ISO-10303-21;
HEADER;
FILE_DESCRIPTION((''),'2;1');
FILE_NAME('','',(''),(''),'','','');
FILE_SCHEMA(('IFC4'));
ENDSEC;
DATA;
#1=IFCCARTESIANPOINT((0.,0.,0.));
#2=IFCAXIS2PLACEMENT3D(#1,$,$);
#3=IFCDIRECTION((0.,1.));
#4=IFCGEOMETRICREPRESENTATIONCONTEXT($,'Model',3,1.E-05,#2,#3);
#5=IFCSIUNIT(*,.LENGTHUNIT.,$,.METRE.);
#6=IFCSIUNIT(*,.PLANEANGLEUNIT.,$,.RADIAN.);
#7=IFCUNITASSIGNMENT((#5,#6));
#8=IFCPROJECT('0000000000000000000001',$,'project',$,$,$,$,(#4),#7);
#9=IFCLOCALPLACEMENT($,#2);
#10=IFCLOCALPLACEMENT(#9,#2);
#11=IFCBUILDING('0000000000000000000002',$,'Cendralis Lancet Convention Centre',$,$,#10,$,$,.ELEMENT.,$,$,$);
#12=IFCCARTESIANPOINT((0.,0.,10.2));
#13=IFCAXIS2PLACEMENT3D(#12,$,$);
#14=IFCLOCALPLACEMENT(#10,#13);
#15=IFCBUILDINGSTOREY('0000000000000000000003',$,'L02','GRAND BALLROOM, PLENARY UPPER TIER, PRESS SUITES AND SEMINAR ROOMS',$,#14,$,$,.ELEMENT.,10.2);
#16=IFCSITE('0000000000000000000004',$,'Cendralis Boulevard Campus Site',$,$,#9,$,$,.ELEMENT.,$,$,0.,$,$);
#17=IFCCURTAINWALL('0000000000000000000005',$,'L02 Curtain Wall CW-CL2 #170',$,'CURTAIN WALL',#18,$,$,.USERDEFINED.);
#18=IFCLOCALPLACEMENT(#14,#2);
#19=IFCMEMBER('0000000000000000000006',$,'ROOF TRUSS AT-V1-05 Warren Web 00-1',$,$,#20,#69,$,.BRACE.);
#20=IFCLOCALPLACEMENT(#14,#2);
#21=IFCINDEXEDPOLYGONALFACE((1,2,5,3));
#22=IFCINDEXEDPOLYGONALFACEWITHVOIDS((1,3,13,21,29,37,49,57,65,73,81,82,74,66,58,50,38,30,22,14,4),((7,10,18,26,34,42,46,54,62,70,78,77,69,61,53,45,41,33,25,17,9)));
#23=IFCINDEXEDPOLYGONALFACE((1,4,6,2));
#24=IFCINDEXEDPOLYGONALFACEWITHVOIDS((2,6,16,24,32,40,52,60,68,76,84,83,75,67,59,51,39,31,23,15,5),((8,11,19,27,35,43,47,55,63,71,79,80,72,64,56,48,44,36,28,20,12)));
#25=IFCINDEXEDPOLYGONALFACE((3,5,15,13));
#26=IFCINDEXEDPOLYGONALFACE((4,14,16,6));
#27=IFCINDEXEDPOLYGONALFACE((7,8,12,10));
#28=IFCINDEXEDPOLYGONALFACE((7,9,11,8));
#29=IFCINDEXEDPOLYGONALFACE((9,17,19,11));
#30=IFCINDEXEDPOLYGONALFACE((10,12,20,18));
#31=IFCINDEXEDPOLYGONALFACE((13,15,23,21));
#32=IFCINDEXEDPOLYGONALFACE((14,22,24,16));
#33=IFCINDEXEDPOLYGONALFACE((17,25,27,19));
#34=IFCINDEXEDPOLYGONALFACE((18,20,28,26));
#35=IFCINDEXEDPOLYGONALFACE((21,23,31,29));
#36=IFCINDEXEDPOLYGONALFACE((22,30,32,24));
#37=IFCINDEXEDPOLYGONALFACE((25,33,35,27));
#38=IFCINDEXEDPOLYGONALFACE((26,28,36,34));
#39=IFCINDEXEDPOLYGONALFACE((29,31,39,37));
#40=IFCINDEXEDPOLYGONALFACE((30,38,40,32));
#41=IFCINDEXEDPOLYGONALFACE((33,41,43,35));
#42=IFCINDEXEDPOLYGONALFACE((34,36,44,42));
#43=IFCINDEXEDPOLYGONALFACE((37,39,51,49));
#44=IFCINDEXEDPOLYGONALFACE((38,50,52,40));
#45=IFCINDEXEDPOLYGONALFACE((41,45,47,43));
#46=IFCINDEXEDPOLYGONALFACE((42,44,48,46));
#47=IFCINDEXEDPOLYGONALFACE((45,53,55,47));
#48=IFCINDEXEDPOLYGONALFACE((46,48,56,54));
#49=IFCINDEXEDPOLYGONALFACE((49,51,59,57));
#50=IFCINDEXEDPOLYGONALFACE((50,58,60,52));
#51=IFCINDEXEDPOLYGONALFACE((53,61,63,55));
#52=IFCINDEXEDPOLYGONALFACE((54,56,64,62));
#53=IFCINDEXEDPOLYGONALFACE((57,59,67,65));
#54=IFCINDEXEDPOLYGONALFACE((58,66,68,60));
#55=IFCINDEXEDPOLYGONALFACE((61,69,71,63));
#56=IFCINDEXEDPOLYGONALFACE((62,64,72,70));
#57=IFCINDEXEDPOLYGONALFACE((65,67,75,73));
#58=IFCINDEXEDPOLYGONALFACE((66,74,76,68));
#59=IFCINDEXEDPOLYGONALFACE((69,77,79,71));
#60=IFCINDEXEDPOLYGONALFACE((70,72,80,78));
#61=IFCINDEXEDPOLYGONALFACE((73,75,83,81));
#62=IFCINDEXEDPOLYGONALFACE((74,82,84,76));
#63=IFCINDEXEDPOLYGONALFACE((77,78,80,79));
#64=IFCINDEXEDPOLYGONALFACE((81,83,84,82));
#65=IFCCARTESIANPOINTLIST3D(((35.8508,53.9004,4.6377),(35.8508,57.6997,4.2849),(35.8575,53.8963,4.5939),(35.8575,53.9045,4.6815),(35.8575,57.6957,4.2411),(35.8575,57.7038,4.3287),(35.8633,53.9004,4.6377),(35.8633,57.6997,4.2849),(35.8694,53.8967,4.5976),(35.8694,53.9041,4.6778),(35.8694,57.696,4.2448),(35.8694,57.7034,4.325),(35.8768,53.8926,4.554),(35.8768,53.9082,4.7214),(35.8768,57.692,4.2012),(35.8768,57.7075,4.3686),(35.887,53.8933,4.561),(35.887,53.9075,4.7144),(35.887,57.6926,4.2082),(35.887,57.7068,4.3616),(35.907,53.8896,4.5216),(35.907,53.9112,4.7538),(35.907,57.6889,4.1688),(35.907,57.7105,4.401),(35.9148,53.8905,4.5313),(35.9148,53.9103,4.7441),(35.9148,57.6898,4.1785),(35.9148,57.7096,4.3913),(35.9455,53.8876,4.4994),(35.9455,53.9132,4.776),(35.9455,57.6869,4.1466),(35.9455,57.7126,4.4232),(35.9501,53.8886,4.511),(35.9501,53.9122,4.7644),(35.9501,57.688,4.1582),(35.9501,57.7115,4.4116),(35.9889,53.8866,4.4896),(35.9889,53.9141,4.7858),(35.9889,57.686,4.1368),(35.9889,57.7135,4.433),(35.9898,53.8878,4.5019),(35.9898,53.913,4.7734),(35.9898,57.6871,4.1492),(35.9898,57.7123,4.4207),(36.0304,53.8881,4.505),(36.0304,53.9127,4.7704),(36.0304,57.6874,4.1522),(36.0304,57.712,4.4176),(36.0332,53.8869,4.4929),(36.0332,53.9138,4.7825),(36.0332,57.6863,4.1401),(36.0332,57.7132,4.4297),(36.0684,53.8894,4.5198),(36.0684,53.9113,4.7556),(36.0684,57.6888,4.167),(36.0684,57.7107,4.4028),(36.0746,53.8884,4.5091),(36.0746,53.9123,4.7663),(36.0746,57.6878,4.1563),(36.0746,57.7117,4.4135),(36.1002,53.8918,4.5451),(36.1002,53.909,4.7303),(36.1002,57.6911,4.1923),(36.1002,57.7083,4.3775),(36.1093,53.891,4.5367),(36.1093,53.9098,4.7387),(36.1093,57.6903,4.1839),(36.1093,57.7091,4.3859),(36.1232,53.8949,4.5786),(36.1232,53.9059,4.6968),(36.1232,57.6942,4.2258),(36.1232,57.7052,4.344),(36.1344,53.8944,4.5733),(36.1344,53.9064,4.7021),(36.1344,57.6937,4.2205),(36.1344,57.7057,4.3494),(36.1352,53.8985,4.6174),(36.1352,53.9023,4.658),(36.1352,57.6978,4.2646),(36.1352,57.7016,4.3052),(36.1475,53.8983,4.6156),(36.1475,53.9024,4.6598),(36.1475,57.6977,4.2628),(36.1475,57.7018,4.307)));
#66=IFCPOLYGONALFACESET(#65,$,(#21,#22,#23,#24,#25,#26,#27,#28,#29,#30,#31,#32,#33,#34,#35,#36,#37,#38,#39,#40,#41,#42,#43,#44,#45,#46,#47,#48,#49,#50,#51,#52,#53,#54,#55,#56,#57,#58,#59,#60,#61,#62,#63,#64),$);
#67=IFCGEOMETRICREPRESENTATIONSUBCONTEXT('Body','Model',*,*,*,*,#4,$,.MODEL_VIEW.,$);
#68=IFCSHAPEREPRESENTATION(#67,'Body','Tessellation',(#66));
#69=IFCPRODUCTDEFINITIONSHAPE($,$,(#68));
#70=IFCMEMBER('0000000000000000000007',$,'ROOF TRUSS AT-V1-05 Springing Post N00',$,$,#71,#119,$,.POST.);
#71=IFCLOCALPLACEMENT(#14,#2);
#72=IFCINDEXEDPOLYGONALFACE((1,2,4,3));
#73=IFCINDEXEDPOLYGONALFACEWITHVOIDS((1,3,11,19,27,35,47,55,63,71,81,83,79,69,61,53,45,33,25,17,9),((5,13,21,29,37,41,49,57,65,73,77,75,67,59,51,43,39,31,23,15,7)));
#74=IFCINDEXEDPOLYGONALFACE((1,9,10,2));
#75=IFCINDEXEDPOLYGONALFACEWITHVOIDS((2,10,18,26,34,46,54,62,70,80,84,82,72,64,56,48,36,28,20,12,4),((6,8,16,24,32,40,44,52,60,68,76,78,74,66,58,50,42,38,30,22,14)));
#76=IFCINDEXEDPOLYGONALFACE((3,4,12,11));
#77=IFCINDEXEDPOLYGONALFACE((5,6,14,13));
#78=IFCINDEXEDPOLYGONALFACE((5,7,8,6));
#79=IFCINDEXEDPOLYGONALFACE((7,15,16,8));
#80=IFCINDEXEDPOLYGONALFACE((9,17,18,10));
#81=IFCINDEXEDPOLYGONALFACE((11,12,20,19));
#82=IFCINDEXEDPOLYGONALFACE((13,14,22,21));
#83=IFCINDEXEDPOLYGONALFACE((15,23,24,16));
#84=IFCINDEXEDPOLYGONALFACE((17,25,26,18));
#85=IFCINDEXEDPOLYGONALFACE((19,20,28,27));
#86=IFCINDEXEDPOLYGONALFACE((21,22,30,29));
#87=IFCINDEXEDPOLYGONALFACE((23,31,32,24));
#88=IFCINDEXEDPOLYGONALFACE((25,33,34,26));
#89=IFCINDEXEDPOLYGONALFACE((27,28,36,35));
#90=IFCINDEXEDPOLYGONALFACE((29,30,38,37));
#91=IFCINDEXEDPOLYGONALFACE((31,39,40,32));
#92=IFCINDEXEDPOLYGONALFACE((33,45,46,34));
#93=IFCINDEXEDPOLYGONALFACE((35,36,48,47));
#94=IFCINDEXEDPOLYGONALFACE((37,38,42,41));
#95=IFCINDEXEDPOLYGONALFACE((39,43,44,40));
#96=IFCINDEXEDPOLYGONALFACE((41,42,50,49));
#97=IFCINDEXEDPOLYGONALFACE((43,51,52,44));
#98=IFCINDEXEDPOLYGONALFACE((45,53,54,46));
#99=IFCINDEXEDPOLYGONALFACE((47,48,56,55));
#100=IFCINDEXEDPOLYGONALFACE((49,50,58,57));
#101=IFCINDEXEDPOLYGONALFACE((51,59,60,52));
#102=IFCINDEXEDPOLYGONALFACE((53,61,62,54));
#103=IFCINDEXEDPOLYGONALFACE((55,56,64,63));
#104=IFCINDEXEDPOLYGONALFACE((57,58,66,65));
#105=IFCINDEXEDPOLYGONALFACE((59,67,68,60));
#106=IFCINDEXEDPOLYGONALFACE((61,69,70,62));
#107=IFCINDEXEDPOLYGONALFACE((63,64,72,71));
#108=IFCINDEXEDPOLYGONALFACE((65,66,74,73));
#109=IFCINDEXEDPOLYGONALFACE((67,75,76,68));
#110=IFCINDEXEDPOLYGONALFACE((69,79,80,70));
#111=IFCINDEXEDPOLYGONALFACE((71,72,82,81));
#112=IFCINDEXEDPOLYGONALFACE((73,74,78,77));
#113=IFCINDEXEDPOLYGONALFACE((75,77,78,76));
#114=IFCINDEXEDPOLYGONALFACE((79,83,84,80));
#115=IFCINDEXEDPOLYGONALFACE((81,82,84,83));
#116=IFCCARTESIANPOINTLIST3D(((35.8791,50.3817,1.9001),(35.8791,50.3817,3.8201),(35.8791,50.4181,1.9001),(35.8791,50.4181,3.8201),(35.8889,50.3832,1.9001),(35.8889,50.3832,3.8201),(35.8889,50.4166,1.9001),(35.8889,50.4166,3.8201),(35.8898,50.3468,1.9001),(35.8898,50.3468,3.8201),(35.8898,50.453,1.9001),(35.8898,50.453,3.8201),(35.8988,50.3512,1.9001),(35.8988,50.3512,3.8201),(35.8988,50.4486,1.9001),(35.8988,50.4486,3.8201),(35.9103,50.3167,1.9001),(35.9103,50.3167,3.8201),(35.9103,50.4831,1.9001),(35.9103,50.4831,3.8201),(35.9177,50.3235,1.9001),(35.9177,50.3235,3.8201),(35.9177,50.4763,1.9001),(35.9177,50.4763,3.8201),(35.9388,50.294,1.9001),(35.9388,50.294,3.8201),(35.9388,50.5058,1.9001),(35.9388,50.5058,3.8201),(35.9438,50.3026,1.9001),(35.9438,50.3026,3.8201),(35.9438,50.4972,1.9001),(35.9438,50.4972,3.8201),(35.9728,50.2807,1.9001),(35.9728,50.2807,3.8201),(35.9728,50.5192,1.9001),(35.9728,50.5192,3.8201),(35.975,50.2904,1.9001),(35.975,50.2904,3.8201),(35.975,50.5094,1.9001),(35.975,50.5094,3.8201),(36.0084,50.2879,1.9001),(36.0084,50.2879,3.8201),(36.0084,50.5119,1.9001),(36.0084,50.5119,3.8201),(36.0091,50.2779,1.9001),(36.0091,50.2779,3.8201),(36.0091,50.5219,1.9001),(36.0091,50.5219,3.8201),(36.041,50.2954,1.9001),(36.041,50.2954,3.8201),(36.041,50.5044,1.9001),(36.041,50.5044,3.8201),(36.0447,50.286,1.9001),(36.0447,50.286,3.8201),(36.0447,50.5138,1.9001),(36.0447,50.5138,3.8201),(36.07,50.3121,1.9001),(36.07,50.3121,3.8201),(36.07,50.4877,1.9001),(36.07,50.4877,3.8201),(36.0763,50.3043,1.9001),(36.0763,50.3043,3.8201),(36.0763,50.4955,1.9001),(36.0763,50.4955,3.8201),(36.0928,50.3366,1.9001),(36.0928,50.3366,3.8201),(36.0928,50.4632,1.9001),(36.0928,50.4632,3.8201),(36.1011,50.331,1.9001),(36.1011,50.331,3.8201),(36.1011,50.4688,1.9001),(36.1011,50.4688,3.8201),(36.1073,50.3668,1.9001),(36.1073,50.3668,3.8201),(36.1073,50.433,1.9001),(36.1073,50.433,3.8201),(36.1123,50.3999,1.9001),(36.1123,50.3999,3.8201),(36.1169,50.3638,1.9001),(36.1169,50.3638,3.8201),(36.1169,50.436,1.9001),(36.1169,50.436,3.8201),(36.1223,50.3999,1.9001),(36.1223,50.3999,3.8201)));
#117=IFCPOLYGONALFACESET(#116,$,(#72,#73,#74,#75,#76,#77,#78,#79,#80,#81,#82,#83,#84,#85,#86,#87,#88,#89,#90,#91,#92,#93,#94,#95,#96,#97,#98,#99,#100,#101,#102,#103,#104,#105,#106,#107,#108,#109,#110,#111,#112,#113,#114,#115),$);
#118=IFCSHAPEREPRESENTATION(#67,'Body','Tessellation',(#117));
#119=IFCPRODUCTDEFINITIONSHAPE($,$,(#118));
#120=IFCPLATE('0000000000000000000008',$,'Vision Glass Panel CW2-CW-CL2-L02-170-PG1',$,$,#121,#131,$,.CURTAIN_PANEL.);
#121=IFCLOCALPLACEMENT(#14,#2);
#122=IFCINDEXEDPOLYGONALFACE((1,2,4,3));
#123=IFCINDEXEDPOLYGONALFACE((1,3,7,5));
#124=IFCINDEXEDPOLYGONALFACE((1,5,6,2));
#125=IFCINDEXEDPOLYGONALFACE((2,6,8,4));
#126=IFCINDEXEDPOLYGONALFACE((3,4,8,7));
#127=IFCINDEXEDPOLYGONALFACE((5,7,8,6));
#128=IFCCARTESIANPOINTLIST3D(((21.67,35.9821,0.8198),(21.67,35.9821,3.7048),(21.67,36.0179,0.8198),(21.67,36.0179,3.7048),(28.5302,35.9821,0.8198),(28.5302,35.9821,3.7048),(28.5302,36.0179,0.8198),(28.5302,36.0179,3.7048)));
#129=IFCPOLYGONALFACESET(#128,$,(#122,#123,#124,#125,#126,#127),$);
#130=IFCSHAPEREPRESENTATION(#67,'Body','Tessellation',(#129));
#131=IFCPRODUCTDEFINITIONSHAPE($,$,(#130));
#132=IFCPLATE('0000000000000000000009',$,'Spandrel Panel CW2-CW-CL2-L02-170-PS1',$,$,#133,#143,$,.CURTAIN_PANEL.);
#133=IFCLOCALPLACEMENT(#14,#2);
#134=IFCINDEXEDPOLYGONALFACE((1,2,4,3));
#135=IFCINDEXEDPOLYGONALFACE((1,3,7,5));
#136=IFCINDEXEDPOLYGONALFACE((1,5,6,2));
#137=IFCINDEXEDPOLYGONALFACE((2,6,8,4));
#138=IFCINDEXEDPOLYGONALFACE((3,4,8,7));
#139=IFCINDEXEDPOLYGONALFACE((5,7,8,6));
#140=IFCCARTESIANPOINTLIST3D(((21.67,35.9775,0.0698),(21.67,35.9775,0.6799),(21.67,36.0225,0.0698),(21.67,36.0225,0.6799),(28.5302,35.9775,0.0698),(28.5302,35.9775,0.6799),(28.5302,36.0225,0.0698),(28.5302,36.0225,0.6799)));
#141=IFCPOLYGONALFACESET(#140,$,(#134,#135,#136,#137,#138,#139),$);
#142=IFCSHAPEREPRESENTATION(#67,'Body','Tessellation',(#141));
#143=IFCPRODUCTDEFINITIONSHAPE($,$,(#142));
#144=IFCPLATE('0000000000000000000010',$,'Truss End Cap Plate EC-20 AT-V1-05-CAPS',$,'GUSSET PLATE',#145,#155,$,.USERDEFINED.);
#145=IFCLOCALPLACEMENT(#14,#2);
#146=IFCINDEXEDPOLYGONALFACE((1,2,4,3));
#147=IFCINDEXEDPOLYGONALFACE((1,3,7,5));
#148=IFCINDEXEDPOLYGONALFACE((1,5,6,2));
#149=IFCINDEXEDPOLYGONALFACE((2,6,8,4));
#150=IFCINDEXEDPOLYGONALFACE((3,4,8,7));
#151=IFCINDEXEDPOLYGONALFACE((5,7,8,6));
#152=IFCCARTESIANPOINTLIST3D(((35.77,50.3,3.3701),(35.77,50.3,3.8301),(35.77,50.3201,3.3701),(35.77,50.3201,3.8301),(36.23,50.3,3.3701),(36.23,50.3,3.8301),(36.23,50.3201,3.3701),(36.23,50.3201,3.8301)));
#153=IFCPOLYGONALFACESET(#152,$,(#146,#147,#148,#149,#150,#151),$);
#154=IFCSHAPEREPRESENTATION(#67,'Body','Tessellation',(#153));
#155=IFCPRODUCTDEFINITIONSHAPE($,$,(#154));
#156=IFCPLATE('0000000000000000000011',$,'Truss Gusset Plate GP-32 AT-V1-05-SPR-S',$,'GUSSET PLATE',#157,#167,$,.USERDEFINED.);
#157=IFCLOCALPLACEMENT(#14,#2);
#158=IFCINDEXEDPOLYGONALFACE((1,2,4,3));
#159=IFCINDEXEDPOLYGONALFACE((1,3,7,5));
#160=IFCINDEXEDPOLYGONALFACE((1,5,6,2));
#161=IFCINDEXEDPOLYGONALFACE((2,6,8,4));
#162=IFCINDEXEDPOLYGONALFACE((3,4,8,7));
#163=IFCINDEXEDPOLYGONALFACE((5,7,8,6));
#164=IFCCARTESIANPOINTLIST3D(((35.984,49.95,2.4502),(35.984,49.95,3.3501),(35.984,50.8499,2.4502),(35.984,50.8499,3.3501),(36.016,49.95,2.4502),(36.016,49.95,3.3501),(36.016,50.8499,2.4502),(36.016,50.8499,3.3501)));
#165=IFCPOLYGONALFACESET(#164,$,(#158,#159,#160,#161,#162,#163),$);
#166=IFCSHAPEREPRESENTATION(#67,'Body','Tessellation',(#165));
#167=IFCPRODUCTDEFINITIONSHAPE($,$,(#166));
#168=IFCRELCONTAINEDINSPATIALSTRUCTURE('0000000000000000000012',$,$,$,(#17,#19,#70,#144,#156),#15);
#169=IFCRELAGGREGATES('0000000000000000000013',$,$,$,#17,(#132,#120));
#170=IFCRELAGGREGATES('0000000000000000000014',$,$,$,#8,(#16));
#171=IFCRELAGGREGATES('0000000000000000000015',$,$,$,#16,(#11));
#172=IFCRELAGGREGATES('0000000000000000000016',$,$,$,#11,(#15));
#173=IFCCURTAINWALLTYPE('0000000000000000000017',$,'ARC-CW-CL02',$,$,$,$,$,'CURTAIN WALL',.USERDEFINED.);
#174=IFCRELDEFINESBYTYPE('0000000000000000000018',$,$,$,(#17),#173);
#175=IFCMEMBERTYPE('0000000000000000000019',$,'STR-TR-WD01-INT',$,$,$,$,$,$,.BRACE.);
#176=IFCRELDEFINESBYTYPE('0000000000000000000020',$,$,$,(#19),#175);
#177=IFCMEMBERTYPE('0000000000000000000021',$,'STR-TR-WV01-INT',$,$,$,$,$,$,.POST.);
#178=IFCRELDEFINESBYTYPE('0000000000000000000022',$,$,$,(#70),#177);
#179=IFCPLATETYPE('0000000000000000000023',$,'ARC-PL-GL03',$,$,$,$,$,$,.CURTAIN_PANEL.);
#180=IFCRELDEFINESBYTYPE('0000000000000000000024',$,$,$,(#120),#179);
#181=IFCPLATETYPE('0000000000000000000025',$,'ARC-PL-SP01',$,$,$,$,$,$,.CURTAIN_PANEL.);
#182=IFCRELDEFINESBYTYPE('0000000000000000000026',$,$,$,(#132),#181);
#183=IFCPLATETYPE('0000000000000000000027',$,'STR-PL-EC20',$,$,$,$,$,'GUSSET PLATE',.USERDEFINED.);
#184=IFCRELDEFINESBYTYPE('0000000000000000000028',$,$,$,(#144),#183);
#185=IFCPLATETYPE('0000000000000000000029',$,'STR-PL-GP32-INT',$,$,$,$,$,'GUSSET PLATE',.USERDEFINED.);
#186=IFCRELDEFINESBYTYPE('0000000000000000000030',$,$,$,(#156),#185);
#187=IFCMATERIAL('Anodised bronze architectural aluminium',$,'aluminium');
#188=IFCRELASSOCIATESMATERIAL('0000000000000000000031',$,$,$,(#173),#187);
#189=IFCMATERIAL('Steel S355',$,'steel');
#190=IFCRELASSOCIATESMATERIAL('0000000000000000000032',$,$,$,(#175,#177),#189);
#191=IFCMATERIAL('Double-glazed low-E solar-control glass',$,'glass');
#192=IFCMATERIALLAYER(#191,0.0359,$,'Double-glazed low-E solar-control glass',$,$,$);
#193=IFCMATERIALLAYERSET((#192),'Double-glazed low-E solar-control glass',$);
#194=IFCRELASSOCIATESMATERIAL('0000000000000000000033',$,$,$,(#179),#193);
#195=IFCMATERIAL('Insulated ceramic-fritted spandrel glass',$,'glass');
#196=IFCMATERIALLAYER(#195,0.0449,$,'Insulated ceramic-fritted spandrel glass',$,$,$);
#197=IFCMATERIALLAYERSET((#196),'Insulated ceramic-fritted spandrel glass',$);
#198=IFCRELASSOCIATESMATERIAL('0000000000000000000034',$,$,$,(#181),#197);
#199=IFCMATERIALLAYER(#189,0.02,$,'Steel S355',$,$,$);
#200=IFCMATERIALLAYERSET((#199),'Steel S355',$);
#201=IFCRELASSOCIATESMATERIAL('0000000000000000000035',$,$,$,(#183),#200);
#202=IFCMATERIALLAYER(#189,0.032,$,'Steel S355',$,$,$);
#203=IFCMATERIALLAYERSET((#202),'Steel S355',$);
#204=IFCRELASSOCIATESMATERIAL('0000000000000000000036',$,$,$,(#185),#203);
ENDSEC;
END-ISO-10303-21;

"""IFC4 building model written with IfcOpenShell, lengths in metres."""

from ifc_helpers import new_model, si_unit, direction, frame, origin, origin_2d, place, context, subcontext, project, spatial, rectangle, hollow_circle, extrude, material, layer, layer_set, material_profile, profile_set, type_object, element, aggregate, save


model = new_model("IFC4")

# Units and contexts
model_context = context("Model", 3, precision=1e-05, world=origin(), true_north=direction((0.0, 1.0)))
body_context = subcontext(model_context, "Body", "Model", "MODEL_VIEW")
ifc_project = project(units=[si_unit("LENGTHUNIT", "METRE"), si_unit("PLANEANGLEUNIT", "RADIAN")], contexts=[model_context])

# Site, building, storey
site_placement = place(None, origin())
site = spatial("IfcSite", under=ifc_project, at=site_placement, Name="Cendralis Boulevard Campus Site", CompositionType="ELEMENT", RefElevation=0.0)
building_placement = place(site_placement, origin())
building = spatial("IfcBuilding", under=site, at=building_placement, Name="Cendralis Lancet Convention Centre", CompositionType="ELEMENT")
storey_placement = place(building_placement, frame((0.0, 0.0, 10.2)))
storey = spatial("IfcBuildingStorey", under=building, at=storey_placement, Name="L02", Description="GRAND BALLROOM, PLENARY UPPER TIER, PRESS SUITES AND SEMINAR ROOMS", CompositionType="ELEMENT", Elevation=10.2)

# Shared definitions
ifc_material_1 = material(Name="Steel S355", Category="steel")

# Curtain wall
ifc_material_2 = material(Name="Anodised bronze architectural aluminium", Category="aluminium")
curtain_wall_type = type_object("IfcCurtainWallType", Name="ARC-CW-CL02", ElementType="CURTAIN WALL", PredefinedType="USERDEFINED", material=ifc_material_2)
curtain_wall_placement = place(storey_placement, origin())
curtain_wall = element("IfcCurtainWall", 1, at=curtain_wall_placement, inside=storey, type_object=curtain_wall_type, Name="L02 Curtain Wall CW-CL2 #170", ObjectType="CURTAIN WALL", PredefinedType="USERDEFINED")

# Members
ifc_material_profile_1 = material_profile(ifc_material_1, hollow_circle(Radius=0.1492, WallThickness=0.0125, at=origin_2d()), Name="CHS 298.5x12.5")
ifc_profile_set_1 = profile_set([ifc_material_profile_1], Name="Steel S355")
member_type_1 = type_object("IfcMemberType", Name="STR-TR-WD01-INT", PredefinedType="BRACE", material=ifc_profile_set_1)
member_1_placement = place(storey_placement, frame((36.0, 53.9004, 4.6377), z_axis=(0.0, 0.995717, -0.092457), x_axis=(-1.0, 0.0, 0.0)))
element("IfcMember", 2, at=member_1_placement, inside=storey, type_object=member_type_1, Name="ROOF TRUSS AT-V1-05 Warren Web 00-1", PredefinedType="BRACE", context=body_context, shape_type="SweptSolid", body=[
    extrude(hollow_circle(Radius=0.1492, WallThickness=0.0125, at=origin_2d()), origin(), (0.0, 0.0, 1.0), 3.8157),
])
ifc_material_profile_2 = material_profile(ifc_material_1, hollow_circle(Radius=0.1223, WallThickness=0.01, at=origin_2d()), Name="CHS 244.5x10.0")
ifc_profile_set_2 = profile_set([ifc_material_profile_2], Name="Steel S355")
member_type_2 = type_object("IfcMemberType", Name="STR-TR-WV01-INT", PredefinedType="POST", material=ifc_profile_set_2)
member_2_placement = place(storey_placement, frame((36.0, 50.3999, 1.9001), z_axis=(0.0, 0.0, 1.0), x_axis=(1.0, 0.0, 0.0)))
element("IfcMember", 3, at=member_2_placement, inside=storey, type_object=member_type_2, Name="ROOF TRUSS AT-V1-05 Springing Post N00", PredefinedType="POST", context=body_context, shape_type="SweptSolid", body=[
    extrude(hollow_circle(Radius=0.1223, WallThickness=0.01, at=origin_2d()), origin(), (0.0, 0.0, 1.0), 1.9199),
])

# Plates
ifc_material_3 = material(Name="Double-glazed low-E solar-control glass", Category="glass")
ifc_layer_1 = layer(ifc_material_3, 0.0359, Name="Double-glazed low-E solar-control glass")
ifc_layer_set_1 = layer_set([ifc_layer_1], Name="Double-glazed low-E solar-control glass")
plate_type_1 = type_object("IfcPlateType", Name="ARC-PL-GL03", PredefinedType="CURTAIN_PANEL", material=ifc_layer_set_1)
plate_1_placement = place(storey_placement, frame((25.1001, 36.0, 0.8198), z_axis=(0.0, 0.0, 1.0), x_axis=(1.0, 0.0, 0.0)))
plate_1 = element("IfcPlate", 4, at=plate_1_placement, type_object=plate_type_1, Name="Vision Glass Panel CW2-CW-CL2-L02-170-PG1", PredefinedType="CURTAIN_PANEL", context=body_context, shape_type="SweptSolid", body=[
    extrude(rectangle(XDim=6.8601, YDim=0.0359, at=origin_2d()), origin(), (0.0, 0.0, 1.0), 2.885),
])
ifc_material_4 = material(Name="Insulated ceramic-fritted spandrel glass", Category="glass")
ifc_layer_2 = layer(ifc_material_4, 0.0449, Name="Insulated ceramic-fritted spandrel glass")
ifc_layer_set_2 = layer_set([ifc_layer_2], Name="Insulated ceramic-fritted spandrel glass")
plate_type_2 = type_object("IfcPlateType", Name="ARC-PL-SP01", PredefinedType="CURTAIN_PANEL", material=ifc_layer_set_2)
plate_2_placement = place(storey_placement, frame((25.1001, 36.0, 0.0698), z_axis=(0.0, 0.0, 1.0), x_axis=(1.0, 0.0, 0.0)))
plate_2 = element("IfcPlate", 5, at=plate_2_placement, type_object=plate_type_2, Name="Spandrel Panel CW2-CW-CL2-L02-170-PS1", PredefinedType="CURTAIN_PANEL", context=body_context, shape_type="SweptSolid", body=[
    extrude(rectangle(XDim=6.8601, YDim=0.0449, at=origin_2d()), origin(), (0.0, 0.0, 1.0), 0.6101),
])
aggregate(curtain_wall, [plate_2, plate_1])

# Plates
ifc_layer_3 = layer(ifc_material_1, 0.02, Name="Steel S355")
ifc_layer_set_3 = layer_set([ifc_layer_3], Name="Steel S355")
plate_type_3 = type_object("IfcPlateType", Name="STR-PL-EC20", ElementType="GUSSET PLATE", PredefinedType="USERDEFINED", material=ifc_layer_set_3)
plate_3_placement = place(storey_placement, frame((36.0, 50.3101, 3.3701), z_axis=(0.0, 0.0, 1.0), x_axis=(1.0, 0.0, 0.0)))
element("IfcPlate", 6, at=plate_3_placement, inside=storey, type_object=plate_type_3, Name="Truss End Cap Plate EC-20 AT-V1-05-CAPS", ObjectType="GUSSET PLATE", PredefinedType="USERDEFINED", context=body_context, shape_type="SweptSolid", body=[
    extrude(rectangle(XDim=0.46, YDim=0.02, at=origin_2d()), origin(), (0.0, 0.0, 1.0), 0.46),
])
ifc_layer_4 = layer(ifc_material_1, 0.032, Name="Steel S355")
ifc_layer_set_4 = layer_set([ifc_layer_4], Name="Steel S355")
plate_type_4 = type_object("IfcPlateType", Name="STR-PL-GP32-INT", ElementType="GUSSET PLATE", PredefinedType="USERDEFINED", material=ifc_layer_set_4)
plate_4_placement = place(storey_placement, frame((36.0, 50.3999, 2.4502), z_axis=(0.0, 0.0, 1.0), x_axis=(0.0, 1.0, 0.0)))
element("IfcPlate", 7, at=plate_4_placement, inside=storey, type_object=plate_type_4, Name="Truss Gusset Plate GP-32 AT-V1-05-SPR-S", ObjectType="GUSSET PLATE", PredefinedType="USERDEFINED", context=body_context, shape_type="SweptSolid", body=[
    extrude(rectangle(XDim=0.8999, YDim=0.032, at=origin_2d()), origin(), (0.0, 0.0, 1.0), 0.8999),
])

save(model, "model.ifc")
